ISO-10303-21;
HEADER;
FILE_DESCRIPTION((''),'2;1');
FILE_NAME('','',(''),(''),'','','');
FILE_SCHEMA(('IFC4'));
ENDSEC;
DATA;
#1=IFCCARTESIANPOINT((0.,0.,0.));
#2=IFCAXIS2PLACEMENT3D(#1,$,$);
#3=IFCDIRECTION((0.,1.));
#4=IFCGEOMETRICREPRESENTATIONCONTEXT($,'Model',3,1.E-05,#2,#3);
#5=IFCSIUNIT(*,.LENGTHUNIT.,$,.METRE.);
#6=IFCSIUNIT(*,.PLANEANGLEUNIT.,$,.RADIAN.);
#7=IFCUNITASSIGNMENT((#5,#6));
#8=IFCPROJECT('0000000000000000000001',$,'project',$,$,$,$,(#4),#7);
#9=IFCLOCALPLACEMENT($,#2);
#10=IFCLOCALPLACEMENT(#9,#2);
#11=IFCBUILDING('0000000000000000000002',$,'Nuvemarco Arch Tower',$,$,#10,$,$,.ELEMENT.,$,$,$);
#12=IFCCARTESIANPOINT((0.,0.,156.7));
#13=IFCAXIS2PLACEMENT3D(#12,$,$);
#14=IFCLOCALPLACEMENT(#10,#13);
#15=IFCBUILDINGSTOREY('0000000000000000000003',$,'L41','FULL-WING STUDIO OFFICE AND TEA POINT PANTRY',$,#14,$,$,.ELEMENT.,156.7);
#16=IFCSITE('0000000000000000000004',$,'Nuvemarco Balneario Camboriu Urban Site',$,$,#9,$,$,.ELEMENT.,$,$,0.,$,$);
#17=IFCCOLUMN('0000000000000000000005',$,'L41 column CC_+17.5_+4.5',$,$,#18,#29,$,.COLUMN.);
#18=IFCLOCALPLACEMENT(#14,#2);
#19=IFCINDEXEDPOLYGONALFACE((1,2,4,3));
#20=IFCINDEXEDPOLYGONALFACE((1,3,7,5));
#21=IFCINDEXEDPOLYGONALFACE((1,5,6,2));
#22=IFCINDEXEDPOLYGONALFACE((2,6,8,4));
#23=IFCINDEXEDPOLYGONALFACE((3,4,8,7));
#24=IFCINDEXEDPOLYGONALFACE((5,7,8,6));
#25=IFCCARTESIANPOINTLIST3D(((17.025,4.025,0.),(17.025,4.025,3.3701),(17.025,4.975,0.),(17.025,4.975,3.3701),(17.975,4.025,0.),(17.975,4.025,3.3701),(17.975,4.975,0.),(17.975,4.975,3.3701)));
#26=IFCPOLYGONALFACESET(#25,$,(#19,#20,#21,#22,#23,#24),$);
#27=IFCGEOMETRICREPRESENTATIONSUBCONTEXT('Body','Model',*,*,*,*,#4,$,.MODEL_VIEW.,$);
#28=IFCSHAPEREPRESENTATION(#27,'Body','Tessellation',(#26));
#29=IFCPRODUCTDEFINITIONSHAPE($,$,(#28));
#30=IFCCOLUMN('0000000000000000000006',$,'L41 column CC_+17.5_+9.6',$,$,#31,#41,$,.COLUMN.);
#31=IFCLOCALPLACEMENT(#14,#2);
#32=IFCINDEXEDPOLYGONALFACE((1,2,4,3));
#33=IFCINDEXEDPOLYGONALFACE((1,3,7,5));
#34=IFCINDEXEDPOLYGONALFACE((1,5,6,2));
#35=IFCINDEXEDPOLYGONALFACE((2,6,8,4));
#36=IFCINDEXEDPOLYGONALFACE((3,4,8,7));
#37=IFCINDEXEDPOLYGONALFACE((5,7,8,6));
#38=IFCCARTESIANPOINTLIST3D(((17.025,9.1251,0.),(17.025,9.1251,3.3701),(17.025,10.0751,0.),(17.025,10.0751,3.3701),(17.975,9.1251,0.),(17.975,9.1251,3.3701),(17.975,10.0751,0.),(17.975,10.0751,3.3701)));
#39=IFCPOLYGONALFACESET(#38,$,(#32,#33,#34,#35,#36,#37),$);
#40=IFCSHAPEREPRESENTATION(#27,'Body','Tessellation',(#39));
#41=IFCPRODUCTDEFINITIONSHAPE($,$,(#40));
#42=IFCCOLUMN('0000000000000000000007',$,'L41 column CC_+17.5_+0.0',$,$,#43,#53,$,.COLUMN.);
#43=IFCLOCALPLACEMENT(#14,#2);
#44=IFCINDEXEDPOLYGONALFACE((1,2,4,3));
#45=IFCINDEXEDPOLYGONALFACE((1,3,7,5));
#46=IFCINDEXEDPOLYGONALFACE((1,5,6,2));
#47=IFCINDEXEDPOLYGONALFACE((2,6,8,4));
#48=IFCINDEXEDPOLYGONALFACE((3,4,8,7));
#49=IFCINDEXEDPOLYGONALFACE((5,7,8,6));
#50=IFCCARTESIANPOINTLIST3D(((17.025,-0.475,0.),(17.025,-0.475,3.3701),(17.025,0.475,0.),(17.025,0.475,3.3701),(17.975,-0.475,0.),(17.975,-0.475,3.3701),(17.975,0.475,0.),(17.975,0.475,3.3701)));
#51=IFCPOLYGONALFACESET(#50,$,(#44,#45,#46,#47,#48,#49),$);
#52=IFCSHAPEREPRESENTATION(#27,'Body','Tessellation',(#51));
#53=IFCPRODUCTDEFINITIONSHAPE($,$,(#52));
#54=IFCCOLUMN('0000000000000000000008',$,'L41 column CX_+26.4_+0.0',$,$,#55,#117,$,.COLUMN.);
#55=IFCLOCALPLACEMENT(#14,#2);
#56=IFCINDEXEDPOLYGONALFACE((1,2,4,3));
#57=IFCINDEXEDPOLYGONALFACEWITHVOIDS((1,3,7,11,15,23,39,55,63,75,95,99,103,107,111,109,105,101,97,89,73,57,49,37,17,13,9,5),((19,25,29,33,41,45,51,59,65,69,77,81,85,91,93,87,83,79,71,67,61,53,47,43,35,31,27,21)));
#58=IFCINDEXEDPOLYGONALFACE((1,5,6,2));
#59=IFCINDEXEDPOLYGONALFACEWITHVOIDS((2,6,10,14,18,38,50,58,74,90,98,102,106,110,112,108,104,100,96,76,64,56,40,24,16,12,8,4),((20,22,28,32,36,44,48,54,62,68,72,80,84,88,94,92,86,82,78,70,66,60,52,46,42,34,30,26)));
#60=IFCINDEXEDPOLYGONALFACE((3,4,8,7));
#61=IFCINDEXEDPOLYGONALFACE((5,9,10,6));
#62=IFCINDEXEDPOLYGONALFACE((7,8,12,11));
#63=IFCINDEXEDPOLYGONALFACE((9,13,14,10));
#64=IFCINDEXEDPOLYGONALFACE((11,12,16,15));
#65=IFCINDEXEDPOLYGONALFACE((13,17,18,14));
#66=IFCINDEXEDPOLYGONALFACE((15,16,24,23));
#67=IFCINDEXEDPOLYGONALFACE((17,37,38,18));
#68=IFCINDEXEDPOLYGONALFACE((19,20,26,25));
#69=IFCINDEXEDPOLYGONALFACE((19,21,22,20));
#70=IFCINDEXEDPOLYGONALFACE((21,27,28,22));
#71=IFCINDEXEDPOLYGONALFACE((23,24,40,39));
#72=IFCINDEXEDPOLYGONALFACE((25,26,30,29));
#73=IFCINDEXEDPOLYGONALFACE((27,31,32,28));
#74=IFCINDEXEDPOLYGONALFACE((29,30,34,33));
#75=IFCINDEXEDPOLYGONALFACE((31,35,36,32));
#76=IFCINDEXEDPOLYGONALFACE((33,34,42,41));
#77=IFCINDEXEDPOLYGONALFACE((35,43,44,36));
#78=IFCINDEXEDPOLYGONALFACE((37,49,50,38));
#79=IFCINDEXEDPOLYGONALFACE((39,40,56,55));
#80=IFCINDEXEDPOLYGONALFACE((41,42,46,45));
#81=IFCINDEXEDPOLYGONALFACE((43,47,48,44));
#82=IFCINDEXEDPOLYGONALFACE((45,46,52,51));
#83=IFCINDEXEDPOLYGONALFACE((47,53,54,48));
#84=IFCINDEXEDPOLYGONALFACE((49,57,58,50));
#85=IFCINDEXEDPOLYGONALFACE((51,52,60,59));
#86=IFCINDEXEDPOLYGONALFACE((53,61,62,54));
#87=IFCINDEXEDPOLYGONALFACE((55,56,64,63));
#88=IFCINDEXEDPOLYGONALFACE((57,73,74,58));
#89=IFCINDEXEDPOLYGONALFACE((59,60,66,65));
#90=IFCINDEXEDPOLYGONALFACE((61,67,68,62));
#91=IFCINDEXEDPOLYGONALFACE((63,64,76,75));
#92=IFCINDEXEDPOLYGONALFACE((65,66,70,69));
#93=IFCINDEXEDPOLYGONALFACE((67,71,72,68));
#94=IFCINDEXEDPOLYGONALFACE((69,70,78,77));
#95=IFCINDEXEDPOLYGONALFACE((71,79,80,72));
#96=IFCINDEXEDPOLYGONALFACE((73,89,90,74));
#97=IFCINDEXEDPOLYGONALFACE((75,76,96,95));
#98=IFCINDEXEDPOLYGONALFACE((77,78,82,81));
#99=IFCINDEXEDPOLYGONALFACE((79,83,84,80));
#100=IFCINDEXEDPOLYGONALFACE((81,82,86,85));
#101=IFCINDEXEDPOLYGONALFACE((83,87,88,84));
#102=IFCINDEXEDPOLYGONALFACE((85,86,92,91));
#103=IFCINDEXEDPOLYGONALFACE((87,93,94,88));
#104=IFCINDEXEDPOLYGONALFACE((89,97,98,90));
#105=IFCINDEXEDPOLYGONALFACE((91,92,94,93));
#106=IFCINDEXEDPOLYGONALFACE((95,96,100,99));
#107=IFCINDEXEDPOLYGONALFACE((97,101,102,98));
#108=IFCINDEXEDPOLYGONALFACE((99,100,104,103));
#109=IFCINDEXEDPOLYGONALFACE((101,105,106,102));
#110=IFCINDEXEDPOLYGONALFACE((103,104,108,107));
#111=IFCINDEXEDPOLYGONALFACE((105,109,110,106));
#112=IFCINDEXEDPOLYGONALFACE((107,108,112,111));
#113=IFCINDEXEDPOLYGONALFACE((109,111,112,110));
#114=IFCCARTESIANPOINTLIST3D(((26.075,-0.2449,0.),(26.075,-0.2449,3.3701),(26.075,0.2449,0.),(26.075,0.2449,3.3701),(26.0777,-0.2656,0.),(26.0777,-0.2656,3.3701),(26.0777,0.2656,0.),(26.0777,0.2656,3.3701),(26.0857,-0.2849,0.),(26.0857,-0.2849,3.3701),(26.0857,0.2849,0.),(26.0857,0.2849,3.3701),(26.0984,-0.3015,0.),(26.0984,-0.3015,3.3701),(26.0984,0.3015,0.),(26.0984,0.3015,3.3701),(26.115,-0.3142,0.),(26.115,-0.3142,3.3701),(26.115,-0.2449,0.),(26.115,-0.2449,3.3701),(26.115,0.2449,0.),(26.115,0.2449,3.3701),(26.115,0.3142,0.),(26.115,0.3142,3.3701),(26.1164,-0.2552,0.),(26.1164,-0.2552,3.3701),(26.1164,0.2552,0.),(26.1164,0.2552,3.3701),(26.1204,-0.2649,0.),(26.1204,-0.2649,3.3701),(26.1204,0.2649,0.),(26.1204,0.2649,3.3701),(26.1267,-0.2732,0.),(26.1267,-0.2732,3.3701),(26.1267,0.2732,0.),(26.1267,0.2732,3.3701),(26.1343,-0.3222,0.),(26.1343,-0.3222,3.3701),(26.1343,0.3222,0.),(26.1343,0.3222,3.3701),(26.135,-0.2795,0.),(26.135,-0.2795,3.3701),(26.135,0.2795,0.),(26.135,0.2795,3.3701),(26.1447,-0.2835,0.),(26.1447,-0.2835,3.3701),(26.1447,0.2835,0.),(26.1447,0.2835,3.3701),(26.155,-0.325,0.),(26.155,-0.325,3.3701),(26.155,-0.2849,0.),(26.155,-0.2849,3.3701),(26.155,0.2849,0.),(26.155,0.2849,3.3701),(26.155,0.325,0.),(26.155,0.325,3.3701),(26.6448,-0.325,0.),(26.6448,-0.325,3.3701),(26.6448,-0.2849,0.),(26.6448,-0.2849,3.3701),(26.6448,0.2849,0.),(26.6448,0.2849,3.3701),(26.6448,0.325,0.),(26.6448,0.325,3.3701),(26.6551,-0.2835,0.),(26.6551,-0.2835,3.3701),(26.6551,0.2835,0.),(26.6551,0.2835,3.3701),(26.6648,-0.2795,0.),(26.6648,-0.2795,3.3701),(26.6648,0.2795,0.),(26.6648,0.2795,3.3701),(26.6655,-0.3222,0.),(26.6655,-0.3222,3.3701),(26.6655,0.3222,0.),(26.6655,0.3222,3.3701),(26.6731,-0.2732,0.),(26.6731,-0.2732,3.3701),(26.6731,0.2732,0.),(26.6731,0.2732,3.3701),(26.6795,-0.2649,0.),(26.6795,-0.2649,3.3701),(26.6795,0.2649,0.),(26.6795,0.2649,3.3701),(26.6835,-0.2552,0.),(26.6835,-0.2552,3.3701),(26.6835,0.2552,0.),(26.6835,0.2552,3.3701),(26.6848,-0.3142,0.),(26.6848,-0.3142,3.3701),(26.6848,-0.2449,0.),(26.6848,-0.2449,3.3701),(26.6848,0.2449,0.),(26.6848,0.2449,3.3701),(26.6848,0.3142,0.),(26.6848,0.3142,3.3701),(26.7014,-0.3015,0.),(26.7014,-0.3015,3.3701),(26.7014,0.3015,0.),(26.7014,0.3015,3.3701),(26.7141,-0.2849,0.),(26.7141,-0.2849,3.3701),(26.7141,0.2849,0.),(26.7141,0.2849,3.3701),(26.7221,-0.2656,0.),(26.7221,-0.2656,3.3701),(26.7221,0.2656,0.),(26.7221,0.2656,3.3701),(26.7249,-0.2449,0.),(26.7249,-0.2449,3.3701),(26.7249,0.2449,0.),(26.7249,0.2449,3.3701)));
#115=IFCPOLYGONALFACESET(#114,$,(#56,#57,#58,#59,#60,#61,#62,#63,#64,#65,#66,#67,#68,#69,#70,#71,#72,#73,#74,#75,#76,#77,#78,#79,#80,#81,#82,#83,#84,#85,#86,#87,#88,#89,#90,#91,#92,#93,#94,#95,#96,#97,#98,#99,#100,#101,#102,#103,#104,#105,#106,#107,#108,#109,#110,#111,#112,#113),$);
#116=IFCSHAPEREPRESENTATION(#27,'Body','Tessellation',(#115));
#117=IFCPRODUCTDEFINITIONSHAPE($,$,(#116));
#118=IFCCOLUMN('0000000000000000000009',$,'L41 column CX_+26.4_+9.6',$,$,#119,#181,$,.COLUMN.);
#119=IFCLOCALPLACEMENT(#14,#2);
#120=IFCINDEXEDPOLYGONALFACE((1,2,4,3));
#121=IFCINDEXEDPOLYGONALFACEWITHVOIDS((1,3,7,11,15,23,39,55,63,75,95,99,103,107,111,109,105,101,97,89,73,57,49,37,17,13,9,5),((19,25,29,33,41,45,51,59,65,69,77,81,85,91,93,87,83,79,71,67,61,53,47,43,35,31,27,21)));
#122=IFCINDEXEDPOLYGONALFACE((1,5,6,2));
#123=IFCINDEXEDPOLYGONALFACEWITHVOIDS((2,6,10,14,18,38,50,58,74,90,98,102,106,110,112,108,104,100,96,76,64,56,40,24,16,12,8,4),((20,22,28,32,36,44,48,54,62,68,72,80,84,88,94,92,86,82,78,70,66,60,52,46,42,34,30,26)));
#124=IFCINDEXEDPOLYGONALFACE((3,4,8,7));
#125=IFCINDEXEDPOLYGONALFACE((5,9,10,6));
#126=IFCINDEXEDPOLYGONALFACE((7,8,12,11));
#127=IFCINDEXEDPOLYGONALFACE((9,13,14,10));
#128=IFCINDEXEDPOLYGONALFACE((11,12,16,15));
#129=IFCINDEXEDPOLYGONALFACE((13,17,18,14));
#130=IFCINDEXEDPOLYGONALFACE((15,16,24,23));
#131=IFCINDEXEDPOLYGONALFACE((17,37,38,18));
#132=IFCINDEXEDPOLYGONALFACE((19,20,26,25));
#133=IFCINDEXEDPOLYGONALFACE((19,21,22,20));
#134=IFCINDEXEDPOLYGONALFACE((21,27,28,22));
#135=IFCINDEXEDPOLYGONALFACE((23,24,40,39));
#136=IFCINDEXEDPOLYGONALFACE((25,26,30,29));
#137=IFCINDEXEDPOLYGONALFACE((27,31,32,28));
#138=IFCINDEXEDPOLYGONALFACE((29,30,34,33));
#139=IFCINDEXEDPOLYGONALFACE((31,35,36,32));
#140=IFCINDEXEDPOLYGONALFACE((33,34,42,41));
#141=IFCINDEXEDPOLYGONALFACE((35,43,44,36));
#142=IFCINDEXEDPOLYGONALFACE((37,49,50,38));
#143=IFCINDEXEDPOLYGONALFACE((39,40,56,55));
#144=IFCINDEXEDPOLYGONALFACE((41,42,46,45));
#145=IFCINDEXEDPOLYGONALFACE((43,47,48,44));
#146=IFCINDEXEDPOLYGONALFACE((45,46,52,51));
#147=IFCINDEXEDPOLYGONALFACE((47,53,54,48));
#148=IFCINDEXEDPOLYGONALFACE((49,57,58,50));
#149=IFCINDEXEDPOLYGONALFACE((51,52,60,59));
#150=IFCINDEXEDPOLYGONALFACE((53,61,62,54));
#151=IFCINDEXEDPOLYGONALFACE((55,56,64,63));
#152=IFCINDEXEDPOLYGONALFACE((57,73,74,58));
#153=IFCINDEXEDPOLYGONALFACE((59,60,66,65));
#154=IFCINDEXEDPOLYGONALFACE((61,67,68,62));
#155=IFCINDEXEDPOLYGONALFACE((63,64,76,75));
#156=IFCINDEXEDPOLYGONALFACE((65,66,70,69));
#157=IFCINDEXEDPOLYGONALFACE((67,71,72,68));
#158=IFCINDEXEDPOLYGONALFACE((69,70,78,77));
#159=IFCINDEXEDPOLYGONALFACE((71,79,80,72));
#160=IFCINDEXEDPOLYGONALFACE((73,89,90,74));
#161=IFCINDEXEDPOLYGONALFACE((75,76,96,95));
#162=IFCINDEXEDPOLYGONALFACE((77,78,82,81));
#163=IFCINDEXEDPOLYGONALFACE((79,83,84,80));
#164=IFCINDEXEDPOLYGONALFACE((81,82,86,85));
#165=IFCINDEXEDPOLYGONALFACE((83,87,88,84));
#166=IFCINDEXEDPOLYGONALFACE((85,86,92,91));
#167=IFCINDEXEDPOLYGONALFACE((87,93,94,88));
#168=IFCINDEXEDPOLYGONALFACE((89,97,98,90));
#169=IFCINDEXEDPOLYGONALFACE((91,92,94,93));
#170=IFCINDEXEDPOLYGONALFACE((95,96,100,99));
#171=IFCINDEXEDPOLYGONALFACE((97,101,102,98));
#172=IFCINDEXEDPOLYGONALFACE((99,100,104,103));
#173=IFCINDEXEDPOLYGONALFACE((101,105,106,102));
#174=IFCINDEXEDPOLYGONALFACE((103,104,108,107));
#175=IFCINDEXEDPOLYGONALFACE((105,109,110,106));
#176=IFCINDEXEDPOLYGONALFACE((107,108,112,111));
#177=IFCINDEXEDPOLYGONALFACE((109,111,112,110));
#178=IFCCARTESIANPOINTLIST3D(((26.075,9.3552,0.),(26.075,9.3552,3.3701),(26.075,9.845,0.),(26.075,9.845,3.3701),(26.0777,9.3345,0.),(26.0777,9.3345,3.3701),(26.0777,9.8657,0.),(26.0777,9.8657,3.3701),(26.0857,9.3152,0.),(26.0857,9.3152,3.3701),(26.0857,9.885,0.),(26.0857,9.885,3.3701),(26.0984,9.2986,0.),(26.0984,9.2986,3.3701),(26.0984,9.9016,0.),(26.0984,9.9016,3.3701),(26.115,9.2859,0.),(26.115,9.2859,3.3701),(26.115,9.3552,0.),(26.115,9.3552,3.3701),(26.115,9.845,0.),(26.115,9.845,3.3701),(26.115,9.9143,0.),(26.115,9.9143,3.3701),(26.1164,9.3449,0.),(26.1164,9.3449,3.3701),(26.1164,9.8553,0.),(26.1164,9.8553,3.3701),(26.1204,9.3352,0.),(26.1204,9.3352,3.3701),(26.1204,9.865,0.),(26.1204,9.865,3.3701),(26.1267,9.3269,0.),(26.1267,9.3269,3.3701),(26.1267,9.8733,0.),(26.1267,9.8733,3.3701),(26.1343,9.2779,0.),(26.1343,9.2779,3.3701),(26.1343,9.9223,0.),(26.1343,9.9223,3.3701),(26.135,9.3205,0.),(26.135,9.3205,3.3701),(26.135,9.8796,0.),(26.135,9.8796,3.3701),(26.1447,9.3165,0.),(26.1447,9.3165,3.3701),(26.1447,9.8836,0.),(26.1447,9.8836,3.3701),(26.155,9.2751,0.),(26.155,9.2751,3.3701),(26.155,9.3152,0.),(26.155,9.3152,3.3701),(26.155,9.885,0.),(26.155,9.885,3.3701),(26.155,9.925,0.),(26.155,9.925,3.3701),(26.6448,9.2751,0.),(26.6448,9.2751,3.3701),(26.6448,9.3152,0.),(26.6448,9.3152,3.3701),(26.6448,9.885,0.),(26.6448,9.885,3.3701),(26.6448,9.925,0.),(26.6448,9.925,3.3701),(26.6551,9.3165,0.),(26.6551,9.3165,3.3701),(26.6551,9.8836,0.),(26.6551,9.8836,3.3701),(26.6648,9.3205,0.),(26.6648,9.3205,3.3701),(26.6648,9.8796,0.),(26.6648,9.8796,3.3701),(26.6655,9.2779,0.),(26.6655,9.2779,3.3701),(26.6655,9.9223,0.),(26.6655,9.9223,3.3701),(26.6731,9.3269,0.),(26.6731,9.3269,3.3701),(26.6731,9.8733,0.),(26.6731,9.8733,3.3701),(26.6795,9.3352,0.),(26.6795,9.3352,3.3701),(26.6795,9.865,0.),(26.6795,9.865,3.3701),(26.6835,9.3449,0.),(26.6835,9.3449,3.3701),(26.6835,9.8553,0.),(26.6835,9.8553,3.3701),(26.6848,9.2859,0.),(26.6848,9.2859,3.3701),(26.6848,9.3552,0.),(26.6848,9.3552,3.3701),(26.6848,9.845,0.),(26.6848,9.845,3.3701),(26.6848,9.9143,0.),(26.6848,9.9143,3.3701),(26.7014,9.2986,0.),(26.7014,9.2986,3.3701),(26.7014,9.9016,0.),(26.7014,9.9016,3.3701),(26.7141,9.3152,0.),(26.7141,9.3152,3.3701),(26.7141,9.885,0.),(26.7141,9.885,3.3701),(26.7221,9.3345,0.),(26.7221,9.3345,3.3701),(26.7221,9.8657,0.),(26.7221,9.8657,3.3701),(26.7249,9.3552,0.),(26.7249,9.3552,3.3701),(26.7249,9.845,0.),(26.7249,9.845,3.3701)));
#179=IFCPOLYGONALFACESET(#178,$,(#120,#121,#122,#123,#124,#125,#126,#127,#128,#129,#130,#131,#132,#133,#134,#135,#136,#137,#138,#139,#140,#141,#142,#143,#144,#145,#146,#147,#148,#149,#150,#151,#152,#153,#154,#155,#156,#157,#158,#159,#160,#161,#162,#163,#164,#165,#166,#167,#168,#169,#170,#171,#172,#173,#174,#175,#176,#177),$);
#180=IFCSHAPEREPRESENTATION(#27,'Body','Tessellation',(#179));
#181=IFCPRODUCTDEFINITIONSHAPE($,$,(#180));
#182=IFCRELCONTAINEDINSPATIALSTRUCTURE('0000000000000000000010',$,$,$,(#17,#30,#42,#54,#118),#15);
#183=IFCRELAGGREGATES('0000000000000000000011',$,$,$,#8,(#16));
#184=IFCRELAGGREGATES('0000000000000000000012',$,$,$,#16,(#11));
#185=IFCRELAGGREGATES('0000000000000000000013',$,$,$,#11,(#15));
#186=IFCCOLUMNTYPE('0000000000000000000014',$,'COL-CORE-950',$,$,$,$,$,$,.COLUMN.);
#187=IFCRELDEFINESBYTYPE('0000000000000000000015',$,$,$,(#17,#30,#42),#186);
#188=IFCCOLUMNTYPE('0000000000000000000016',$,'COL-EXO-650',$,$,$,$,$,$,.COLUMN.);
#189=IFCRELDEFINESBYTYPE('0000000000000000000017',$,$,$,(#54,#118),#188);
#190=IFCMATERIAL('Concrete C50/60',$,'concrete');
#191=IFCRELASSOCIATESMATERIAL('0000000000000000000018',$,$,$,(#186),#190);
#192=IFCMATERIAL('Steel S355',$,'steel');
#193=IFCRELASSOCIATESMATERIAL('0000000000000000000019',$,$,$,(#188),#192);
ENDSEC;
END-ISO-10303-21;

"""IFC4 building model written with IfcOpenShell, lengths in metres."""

from ifc_helpers import new_model, si_unit, direction, frame, origin, origin_2d, place, context, subcontext, project, spatial, rectangle, hollow_rectangle, extrude, material, material_profile, profile_set, type_object, element, save


model = new_model("IFC4")

# Units and contexts
model_context = context("Model", 3, precision=1e-05, world=origin(), true_north=direction((0.0, 1.0)))
body_context = subcontext(model_context, "Body", "Model", "MODEL_VIEW")
ifc_project = project(units=[si_unit("LENGTHUNIT", "METRE"), si_unit("PLANEANGLEUNIT", "RADIAN")], contexts=[model_context])

# Site, building, storey
site_placement = place(None, origin())
site = spatial("IfcSite", under=ifc_project, at=site_placement, Name="Nuvemarco Balneario Camboriu Urban Site", CompositionType="ELEMENT", RefElevation=0.0)
building_placement = place(site_placement, origin())
building = spatial("IfcBuilding", under=site, at=building_placement, Name="Nuvemarco Arch Tower", CompositionType="ELEMENT")
storey_placement = place(building_placement, frame((0.0, 0.0, 156.7)))
storey = spatial("IfcBuildingStorey", under=building, at=storey_placement, Name="L41", Description="FULL-WING STUDIO OFFICE AND TEA POINT PANTRY", CompositionType="ELEMENT", Elevation=156.7)

# Columns
ifc_material_1 = material(Name="Concrete C50/60", Category="concrete")
ifc_material_profile_1 = material_profile(ifc_material_1, rectangle(XDim=0.95, YDim=0.95, at=origin_2d()), Name="RC-COL-950x950")
ifc_profile_set_1 = profile_set([ifc_material_profile_1], Name="Concrete C50/60")
column_type_1 = type_object("IfcColumnType", Name="COL-CORE-950", PredefinedType="COLUMN", material=ifc_profile_set_1)
for number, where, z_axis, x_axis, name in (
    (1, (17.5, 4.5, 0.0), (0.0, 0.0, 1.0), (1.0, 0.0, 0.0), "L41 column CC_+17.5_+4.5"),
    (2, (17.5, 9.6001, 0.0), (0.0, 0.0, 1.0), (1.0, 0.0, 0.0), "L41 column CC_+17.5_+9.6"),
    (3, (17.5, 0.0, 0.0), (0.0, 0.0, 1.0), (1.0, 0.0, 0.0), "L41 column CC_+17.5_+0.0"),
):
    element("IfcColumn", number, at=place(storey_placement, frame(where, z_axis=z_axis, x_axis=x_axis)), inside=storey, type_object=column_type_1, Name=name, PredefinedType="COLUMN", context=body_context, shape_type="SweptSolid", body=[
        extrude(rectangle(XDim=0.95, YDim=0.95, at=origin_2d()), origin(), (0.0, 0.0, 1.0), 3.3701),
    ])
ifc_material_2 = material(Name="Steel S355", Category="steel")
ifc_material_profile_2 = material_profile(ifc_material_2, hollow_rectangle(XDim=0.6499, YDim=0.6499, WallThickness=0.04, InnerFilletRadius=0.04, OuterFilletRadius=0.0801, at=origin_2d()), Name="SHS650x650x40")
ifc_profile_set_2 = profile_set([ifc_material_profile_2], Name="Steel S355")
column_type_2 = type_object("IfcColumnType", Name="COL-EXO-650", PredefinedType="COLUMN", material=ifc_profile_set_2)
for number, where, z_axis, x_axis, name in (
    (4, (26.3999, 0.0, 0.0), (0.0, 0.0, 1.0), (1.0, 0.0, 0.0), "L41 column CX_+26.4_+0.0"),
    (5, (26.3999, 9.6001, 0.0), (0.0, 0.0, 1.0), (1.0, 0.0, 0.0), "L41 column CX_+26.4_+9.6"),
):
    element("IfcColumn", number, at=place(storey_placement, frame(where, z_axis=z_axis, x_axis=x_axis)), inside=storey, type_object=column_type_2, Name=name, PredefinedType="COLUMN", context=body_context, shape_type="SweptSolid", body=[
        extrude(hollow_rectangle(XDim=0.6499, YDim=0.6499, WallThickness=0.04, InnerFilletRadius=0.04, OuterFilletRadius=0.0801, at=origin_2d()), origin(), (0.0, 0.0, 1.0), 3.3701),
    ])

save(model, "model.ifc")
